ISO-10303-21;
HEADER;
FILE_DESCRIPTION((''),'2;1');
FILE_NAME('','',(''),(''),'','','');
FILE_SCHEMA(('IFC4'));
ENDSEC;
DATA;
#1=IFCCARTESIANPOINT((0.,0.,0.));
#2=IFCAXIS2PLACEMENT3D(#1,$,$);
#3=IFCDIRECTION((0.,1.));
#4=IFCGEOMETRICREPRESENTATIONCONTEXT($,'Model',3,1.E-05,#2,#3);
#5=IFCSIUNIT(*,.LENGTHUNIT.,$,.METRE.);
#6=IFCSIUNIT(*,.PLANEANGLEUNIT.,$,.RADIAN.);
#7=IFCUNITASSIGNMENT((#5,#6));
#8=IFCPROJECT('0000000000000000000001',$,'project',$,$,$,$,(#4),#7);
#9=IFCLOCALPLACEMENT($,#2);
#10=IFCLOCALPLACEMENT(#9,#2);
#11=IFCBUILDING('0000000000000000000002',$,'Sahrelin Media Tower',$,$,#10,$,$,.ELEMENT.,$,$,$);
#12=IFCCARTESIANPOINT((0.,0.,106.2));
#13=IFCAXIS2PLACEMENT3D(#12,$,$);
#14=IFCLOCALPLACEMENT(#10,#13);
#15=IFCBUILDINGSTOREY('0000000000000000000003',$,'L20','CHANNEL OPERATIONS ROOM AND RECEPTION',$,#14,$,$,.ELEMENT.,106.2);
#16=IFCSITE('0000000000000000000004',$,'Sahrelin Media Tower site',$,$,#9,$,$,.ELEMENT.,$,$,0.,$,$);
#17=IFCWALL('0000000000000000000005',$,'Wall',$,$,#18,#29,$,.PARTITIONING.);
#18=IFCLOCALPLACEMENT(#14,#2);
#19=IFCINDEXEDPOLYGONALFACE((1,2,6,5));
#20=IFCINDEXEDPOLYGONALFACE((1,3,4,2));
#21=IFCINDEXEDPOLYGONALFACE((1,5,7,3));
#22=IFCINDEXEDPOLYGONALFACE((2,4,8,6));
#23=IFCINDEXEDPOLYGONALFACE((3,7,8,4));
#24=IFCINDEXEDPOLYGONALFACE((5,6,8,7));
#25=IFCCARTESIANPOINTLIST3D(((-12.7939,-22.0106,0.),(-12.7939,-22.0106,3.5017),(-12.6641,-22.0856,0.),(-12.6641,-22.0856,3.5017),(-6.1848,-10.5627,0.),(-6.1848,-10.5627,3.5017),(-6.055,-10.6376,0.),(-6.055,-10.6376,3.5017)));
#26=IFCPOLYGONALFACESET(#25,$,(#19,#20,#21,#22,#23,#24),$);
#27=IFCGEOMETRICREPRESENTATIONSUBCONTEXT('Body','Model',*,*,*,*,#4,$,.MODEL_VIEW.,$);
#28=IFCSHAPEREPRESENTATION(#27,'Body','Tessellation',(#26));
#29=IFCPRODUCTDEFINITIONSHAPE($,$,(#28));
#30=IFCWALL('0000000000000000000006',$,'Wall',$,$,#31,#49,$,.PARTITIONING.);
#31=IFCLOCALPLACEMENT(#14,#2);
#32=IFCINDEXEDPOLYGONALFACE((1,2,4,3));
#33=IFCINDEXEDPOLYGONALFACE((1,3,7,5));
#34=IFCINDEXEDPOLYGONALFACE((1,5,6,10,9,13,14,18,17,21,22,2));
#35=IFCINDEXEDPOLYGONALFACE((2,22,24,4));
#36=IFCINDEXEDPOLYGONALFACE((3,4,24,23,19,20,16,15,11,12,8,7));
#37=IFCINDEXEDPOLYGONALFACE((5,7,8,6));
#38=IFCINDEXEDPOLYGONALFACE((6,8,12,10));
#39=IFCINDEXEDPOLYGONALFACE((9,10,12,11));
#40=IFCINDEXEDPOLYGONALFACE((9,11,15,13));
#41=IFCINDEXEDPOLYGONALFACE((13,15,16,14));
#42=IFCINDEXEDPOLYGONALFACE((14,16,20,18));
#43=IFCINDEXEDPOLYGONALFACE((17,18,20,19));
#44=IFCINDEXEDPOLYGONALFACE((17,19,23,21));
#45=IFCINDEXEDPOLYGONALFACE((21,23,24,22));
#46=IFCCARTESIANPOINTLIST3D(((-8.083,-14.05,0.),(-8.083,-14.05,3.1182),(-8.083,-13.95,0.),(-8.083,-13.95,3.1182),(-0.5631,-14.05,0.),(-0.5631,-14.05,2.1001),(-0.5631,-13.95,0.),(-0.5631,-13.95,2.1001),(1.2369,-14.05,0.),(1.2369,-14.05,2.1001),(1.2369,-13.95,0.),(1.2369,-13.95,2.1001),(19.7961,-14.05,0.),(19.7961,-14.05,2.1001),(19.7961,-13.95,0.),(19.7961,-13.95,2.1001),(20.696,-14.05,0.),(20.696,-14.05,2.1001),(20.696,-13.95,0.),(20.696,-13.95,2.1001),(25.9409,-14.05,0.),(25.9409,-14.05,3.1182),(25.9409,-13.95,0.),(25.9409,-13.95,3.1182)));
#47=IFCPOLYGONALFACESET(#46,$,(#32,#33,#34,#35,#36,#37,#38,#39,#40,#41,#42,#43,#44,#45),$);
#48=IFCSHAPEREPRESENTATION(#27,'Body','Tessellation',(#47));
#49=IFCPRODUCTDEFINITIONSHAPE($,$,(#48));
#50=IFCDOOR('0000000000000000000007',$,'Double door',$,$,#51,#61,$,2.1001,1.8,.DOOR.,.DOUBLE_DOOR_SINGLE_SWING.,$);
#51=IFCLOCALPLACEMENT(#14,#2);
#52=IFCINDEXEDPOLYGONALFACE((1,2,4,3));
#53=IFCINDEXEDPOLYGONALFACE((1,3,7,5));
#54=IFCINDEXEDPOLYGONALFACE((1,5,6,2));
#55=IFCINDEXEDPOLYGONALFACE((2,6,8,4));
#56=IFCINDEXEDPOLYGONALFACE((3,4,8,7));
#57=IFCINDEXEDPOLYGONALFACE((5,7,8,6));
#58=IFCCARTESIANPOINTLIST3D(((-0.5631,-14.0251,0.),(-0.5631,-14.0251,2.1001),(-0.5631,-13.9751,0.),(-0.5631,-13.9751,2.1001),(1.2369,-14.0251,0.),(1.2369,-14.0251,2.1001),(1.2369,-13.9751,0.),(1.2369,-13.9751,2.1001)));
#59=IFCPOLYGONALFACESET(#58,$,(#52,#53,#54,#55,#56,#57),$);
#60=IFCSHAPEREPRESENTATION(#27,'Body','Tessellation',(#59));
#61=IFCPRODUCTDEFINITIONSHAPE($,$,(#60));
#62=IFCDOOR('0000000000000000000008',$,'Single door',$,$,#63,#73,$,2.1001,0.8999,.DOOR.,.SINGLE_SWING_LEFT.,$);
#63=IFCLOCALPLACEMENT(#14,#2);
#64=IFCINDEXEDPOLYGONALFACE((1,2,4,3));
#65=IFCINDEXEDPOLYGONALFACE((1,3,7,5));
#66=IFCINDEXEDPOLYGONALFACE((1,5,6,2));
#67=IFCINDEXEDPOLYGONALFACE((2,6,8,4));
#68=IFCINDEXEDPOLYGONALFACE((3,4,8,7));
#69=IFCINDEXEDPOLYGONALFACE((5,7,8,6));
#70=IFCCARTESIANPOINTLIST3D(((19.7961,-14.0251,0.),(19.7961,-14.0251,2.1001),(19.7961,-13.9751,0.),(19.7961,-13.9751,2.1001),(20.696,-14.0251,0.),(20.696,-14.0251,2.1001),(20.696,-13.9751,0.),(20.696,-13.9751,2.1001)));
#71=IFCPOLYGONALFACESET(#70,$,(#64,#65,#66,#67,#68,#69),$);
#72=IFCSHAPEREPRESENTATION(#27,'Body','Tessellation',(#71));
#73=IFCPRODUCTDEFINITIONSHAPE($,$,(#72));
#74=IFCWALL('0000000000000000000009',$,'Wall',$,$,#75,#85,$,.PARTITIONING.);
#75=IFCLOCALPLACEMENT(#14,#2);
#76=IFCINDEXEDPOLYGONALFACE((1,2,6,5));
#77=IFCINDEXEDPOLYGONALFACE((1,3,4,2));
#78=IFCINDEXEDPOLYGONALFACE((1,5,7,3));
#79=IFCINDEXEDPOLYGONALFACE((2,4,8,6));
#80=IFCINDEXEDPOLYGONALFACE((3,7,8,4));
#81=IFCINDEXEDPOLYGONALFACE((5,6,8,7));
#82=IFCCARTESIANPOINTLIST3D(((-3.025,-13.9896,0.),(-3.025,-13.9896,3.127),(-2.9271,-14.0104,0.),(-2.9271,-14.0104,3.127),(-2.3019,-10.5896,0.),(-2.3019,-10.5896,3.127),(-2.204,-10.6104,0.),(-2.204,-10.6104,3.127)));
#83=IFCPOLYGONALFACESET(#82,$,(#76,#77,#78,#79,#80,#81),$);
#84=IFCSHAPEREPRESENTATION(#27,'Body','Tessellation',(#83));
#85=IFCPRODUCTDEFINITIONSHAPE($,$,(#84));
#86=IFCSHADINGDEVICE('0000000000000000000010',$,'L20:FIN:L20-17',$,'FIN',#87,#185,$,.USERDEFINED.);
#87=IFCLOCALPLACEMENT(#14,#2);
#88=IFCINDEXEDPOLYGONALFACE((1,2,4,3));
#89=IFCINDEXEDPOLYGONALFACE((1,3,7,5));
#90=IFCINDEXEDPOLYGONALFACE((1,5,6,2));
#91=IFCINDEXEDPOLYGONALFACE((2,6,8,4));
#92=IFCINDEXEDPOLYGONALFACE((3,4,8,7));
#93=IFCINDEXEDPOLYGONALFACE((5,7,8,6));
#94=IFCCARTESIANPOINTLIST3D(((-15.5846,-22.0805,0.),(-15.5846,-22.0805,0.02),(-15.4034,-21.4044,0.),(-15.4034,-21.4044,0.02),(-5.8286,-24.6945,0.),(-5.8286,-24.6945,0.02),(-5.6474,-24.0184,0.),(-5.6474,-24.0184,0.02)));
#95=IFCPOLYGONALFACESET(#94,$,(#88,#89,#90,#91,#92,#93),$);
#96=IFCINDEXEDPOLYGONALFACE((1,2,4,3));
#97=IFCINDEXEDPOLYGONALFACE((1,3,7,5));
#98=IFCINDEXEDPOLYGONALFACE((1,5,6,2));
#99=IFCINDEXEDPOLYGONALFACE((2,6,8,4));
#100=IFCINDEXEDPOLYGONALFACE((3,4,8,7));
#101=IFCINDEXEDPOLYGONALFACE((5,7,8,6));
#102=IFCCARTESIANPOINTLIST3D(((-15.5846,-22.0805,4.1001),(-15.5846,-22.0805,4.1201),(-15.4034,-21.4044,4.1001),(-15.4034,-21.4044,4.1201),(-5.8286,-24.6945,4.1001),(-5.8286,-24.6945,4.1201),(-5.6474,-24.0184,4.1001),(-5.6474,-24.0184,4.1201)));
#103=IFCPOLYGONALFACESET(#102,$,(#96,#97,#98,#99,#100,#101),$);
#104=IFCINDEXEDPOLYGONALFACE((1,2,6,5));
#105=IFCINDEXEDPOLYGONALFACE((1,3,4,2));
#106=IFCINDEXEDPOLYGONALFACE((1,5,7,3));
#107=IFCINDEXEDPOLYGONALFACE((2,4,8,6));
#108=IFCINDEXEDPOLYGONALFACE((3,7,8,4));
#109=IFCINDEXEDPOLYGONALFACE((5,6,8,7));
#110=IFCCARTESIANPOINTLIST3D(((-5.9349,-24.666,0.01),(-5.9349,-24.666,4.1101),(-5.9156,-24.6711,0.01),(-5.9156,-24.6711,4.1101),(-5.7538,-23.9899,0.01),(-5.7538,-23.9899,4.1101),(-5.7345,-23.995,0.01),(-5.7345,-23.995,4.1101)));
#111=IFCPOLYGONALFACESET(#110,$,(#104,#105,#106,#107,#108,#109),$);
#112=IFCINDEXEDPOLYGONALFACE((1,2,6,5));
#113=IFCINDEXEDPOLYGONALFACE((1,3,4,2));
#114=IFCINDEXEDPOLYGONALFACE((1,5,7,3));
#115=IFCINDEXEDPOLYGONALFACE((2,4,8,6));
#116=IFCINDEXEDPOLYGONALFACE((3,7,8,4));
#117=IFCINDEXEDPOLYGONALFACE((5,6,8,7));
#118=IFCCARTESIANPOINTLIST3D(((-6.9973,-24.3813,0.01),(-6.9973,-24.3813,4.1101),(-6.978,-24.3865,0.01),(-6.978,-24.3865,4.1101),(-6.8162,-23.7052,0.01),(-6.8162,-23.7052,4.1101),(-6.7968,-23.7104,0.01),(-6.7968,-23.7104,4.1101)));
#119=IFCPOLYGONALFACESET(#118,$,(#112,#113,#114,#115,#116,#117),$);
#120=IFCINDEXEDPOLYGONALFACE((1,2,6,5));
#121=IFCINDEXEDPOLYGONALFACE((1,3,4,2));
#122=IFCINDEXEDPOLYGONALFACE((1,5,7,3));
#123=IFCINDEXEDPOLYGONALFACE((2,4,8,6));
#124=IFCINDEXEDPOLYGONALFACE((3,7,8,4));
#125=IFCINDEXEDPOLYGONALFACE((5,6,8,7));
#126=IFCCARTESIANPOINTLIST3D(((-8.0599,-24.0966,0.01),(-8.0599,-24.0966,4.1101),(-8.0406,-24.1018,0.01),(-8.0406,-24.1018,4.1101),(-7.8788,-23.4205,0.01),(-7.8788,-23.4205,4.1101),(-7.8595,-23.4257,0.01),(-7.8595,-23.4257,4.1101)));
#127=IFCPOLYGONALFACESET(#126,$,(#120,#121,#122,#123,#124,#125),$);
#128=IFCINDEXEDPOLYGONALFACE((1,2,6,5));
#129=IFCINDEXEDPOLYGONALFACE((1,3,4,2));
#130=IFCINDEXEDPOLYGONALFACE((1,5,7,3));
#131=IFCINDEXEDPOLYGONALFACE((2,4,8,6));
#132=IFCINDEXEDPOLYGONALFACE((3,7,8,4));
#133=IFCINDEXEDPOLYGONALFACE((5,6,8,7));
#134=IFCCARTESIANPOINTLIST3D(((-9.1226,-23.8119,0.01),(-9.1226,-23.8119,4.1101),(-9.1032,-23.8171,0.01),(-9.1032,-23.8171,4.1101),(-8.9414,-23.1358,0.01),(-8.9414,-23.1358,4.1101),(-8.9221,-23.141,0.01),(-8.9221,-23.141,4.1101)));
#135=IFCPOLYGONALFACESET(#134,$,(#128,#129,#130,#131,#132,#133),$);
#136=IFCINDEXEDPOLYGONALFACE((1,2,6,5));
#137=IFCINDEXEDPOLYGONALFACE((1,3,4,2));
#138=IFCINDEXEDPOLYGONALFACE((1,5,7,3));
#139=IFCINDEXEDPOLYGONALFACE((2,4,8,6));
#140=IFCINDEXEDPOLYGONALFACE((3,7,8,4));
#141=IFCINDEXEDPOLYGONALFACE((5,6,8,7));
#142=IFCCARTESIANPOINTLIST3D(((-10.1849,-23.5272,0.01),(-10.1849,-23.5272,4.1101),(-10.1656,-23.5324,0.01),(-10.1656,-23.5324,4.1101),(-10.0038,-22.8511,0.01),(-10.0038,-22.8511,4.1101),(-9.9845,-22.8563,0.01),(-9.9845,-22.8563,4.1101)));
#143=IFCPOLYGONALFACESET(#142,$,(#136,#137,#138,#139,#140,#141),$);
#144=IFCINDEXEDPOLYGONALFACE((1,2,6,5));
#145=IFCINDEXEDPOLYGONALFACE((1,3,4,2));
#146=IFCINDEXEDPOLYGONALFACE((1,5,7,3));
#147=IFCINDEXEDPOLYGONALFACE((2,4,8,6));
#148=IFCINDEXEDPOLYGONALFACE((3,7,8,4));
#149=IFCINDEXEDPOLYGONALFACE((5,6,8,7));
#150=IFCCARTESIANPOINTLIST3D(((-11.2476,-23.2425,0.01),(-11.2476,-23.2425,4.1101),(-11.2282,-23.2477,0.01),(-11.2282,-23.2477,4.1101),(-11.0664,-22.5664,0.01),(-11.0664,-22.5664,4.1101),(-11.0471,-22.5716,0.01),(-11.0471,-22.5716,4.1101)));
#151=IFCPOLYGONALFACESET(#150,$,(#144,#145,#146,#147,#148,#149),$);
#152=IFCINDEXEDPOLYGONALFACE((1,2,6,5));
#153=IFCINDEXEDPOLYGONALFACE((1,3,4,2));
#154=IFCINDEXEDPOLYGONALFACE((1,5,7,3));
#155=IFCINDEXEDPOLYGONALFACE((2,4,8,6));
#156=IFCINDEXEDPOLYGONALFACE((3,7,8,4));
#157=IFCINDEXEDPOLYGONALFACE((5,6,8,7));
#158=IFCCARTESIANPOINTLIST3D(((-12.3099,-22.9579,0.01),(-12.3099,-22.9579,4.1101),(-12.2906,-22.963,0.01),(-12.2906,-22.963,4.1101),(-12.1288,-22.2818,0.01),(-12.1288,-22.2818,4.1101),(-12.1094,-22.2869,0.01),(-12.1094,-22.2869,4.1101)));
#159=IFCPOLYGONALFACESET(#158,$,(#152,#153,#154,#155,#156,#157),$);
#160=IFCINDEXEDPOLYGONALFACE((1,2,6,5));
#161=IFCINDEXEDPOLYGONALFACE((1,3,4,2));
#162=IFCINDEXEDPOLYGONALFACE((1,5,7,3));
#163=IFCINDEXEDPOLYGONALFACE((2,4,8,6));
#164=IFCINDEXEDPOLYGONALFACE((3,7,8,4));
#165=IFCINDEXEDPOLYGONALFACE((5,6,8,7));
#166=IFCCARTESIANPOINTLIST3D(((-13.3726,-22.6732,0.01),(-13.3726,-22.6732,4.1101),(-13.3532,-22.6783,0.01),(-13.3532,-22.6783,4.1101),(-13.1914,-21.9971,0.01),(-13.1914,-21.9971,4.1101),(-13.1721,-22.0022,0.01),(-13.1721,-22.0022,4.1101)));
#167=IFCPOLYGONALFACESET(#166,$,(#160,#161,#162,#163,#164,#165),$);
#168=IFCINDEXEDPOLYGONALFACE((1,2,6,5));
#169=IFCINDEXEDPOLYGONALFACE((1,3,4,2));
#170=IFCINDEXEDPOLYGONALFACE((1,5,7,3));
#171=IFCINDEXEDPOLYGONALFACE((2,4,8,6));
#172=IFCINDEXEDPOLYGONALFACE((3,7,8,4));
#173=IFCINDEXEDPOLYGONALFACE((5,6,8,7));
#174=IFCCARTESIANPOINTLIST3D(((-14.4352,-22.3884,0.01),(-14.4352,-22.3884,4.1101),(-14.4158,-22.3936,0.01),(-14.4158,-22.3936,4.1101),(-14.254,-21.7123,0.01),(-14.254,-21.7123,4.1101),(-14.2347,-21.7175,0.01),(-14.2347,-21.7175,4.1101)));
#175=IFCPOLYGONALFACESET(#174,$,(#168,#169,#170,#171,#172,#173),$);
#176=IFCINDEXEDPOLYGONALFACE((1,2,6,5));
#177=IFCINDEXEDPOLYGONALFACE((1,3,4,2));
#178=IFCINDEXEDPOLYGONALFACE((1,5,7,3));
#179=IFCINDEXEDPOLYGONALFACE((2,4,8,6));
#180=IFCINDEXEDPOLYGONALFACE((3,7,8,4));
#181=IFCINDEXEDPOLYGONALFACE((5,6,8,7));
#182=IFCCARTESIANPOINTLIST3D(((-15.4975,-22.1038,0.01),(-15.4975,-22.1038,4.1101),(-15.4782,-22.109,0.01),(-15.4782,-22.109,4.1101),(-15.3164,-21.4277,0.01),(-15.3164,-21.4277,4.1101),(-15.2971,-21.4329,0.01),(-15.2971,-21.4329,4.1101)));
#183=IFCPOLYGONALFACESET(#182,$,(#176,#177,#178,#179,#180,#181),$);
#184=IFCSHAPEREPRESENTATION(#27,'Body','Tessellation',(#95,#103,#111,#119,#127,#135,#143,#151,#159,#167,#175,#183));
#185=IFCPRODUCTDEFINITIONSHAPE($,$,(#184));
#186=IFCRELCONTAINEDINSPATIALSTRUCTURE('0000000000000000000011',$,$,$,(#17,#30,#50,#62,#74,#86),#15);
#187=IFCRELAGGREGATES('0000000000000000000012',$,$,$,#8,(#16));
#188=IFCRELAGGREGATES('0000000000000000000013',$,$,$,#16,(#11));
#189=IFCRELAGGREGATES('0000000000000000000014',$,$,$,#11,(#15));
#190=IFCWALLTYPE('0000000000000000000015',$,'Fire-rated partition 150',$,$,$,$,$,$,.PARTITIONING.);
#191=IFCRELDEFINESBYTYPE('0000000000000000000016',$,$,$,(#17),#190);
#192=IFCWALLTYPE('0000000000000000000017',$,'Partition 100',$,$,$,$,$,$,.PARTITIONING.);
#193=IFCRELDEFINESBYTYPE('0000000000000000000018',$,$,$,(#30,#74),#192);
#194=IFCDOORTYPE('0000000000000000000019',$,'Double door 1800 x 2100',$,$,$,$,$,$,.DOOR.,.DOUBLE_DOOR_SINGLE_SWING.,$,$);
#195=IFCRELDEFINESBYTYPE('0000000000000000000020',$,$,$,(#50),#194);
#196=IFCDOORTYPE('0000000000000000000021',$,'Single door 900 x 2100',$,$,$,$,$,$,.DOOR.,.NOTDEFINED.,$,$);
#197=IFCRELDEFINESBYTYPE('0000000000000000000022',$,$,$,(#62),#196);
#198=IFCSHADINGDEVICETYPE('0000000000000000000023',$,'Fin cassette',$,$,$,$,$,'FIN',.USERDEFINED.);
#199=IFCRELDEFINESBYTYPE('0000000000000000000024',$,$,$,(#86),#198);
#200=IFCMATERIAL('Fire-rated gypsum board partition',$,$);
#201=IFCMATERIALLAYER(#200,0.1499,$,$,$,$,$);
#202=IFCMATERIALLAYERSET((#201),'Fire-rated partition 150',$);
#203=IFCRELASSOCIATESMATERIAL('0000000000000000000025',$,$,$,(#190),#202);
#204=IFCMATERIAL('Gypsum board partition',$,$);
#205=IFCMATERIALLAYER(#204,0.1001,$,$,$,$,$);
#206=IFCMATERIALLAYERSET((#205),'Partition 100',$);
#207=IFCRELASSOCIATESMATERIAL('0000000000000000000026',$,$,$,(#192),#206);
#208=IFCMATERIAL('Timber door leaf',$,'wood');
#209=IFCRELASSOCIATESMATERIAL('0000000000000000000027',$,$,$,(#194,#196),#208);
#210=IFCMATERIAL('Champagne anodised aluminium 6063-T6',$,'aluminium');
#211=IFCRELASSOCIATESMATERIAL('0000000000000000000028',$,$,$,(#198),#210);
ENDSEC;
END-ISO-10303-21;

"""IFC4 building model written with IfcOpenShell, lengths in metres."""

from ifc_helpers import new_model, si_unit, direction, frame, frame_2d, origin, origin_2d, place, context, subcontext, project, spatial, rectangle, extrude, material, layer, layer_set, type_object, element, fill, save


model = new_model("IFC4")

# Units and contexts
model_context = context("Model", 3, precision=1e-05, world=origin(), true_north=direction((0.0, 1.0)))
body_context = subcontext(model_context, "Body", "Model", "MODEL_VIEW")
ifc_project = project(units=[si_unit("LENGTHUNIT", "METRE"), si_unit("PLANEANGLEUNIT", "RADIAN")], contexts=[model_context])

# Site, building, storey
site_placement = place(None, origin())
site = spatial("IfcSite", under=ifc_project, at=site_placement, Name="Sahrelin Media Tower site", CompositionType="ELEMENT", RefElevation=0.0)
building_placement = place(site_placement, origin())
building = spatial("IfcBuilding", under=site, at=building_placement, Name="Sahrelin Media Tower", CompositionType="ELEMENT")
storey_placement = place(building_placement, frame((0.0, 0.0, 106.2)))
storey = spatial("IfcBuildingStorey", under=building, at=storey_placement, Name="L20", Description="CHANNEL OPERATIONS ROOM AND RECEPTION", CompositionType="ELEMENT", Elevation=106.2)

# Shared definitions
ifc_material_1 = material(Name="Champagne anodised aluminium 6063-T6", Category="aluminium")

# Wall
ifc_material_2 = material(Name="Fire-rated gypsum board partition")
ifc_layer_1 = layer(ifc_material_2, 0.1499)
ifc_layer_set_1 = layer_set([ifc_layer_1], Name="Fire-rated partition 150")
wall_type_1 = type_object("IfcWallType", Name="Fire-rated partition 150", PredefinedType="PARTITIONING", material=ifc_layer_set_1)
wall_1_placement = place(storey_placement, frame((-12.729, -22.0481, 0.0), z_axis=(0.0, 0.0, 1.0), x_axis=(0.499979, 0.866038, 0.0)))
element("IfcWall", 1, at=wall_1_placement, inside=storey, type_object=wall_type_1, Name="Wall", PredefinedType="PARTITIONING", context=body_context, shape_type="SweptSolid", body=[
    extrude(rectangle(XDim=13.2188, YDim=0.1499, at=frame_2d((6.6094, 0.0))), origin(), (0.0, 0.0, 1.0), 3.5017),
])

# Wall, openings, doors
ifc_material_3 = material(Name="Gypsum board partition")
ifc_layer_2 = layer(ifc_material_3, 0.1001)
ifc_layer_set_2 = layer_set([ifc_layer_2], Name="Partition 100")
wall_type_2 = type_object("IfcWallType", Name="Partition 100", PredefinedType="PARTITIONING", material=ifc_layer_set_2)
wall_2_placement = place(storey_placement, frame((-8.083, -14.0, 0.0), z_axis=(0.0, 0.0, 1.0), x_axis=(1.0, 0.0, 0.0)))
wall_2 = element("IfcWall", 2, at=wall_2_placement, inside=storey, type_object=wall_type_2, Name="Wall", PredefinedType="PARTITIONING", context=body_context, shape_type="SweptSolid", body=[
    extrude(rectangle(XDim=34.0239, YDim=0.1001, at=frame_2d((17.012, 0.0))), origin(), (0.0, 0.0, 1.0), 3.1182),
])
opening_1_placement = place(wall_2_placement, frame((7.52, 0.0, 0.0)))
opening_1 = element("IfcOpeningElement", 3, at=opening_1_placement, cuts=wall_2, PredefinedType="OPENING", context=body_context, shape_type="SweptSolid", body=[
    extrude(rectangle(XDim=1.8, YDim=2.1001, at=frame_2d((0.8999, 1.05))), frame((0.0, 0.05, 0.0), z_axis=(0.0, -1.0, 0.0), x_axis=(1.0, 0.0, 0.0)), (0.0, 0.0, 1.0), 0.1001),
])
opening_2_placement = place(wall_2_placement, frame((27.8792, 0.0, 0.0)))
opening_2 = element("IfcOpeningElement", 4, at=opening_2_placement, cuts=wall_2, PredefinedType="OPENING", context=body_context, shape_type="SweptSolid", body=[
    extrude(rectangle(XDim=0.8999, YDim=2.1001, at=frame_2d((0.45, 1.05))), frame((0.0, 0.05, 0.0), z_axis=(0.0, -1.0, 0.0), x_axis=(1.0, 0.0, 0.0)), (0.0, 0.0, 1.0), 0.1001),
])
ifc_material_4 = material(Name="Timber door leaf", Category="wood")
door_type_1 = type_object("IfcDoorType", Name="Double door 1800 x 2100", OperationType="DOUBLE_DOOR_SINGLE_SWING", PredefinedType="DOOR", material=ifc_material_4)
door_1_placement = place(opening_1_placement, origin())
door_1 = element("IfcDoor", 5, at=door_1_placement, inside=storey, type_object=door_type_1, Name="Double door", OperationType="DOUBLE_DOOR_SINGLE_SWING", OverallHeight=2.1001, OverallWidth=1.8, PredefinedType="DOOR", context=body_context, shape_type="SweptSolid", body=[
    extrude(rectangle(XDim=1.8, YDim=2.1001, at=frame_2d((0.8999, 1.05))), frame((0.0, 0.0249, 0.0), z_axis=(0.0, -1.0, 0.0), x_axis=(1.0, 0.0, 0.0)), (0.0, 0.0, 1.0), 0.05),
])
fill(opening_1, door_1)
door_type_2 = type_object("IfcDoorType", Name="Single door 900 x 2100", OperationType="NOTDEFINED", PredefinedType="DOOR", material=ifc_material_4)
door_2_placement = place(opening_2_placement, origin())
door_2 = element("IfcDoor", 6, at=door_2_placement, inside=storey, type_object=door_type_2, Name="Single door", OperationType="SINGLE_SWING_LEFT", OverallHeight=2.1001, OverallWidth=0.8999, PredefinedType="DOOR", context=body_context, shape_type="SweptSolid", body=[
    extrude(rectangle(XDim=0.8999, YDim=2.1001, at=frame_2d((0.45, 1.05))), frame((0.0, 0.0249, 0.0), z_axis=(0.0, -1.0, 0.0), x_axis=(1.0, 0.0, 0.0)), (0.0, 0.0, 1.0), 0.05),
])
fill(opening_2, door_2)

# Wall
wall_3_placement = place(storey_placement, frame((-2.9761, -14.0, 0.0), z_axis=(0.0, 0.0, 1.0), x_axis=(0.208042, 0.97812, 0.0)))
element("IfcWall", 7, at=wall_3_placement, inside=storey, type_object=wall_type_2, Name="Wall", PredefinedType="PARTITIONING", context=body_context, shape_type="SweptSolid", body=[
    extrude(rectangle(XDim=3.4761, YDim=0.1001, at=frame_2d((1.738, 0.0))), origin(), (0.0, 0.0, 1.0), 3.127),
])

# Shading device
shading_device_type_1 = type_object("IfcShadingDeviceType", Name="Fin cassette", ElementType="FIN", PredefinedType="USERDEFINED", material=ifc_material_1)
placement = place(storey_placement, frame((-10.5073, -22.6438, 0.0), z_axis=(0.0, 0.0, 1.0), x_axis=(-0.965929, 0.258808, 0.0)))
element("IfcShadingDevice", 8, at=placement, inside=storey, type_object=shading_device_type_1, Name="L20:FIN:L20-17", ObjectType="FIN", PredefinedType="USERDEFINED", context=body_context, shape_type="SweptSolid", body=[
    extrude(rectangle(XDim=10.1001, YDim=0.7, at=origin_2d()), frame((0.0, 0.4199, 0.0)), (0.0, 0.0, 1.0), 0.02),
    extrude(rectangle(XDim=10.1001, YDim=0.7, at=origin_2d()), frame((0.0, 0.4199, 4.1001)), (0.0, 0.0, 1.0), 0.02),
    extrude(rectangle(XDim=0.02, YDim=0.7, at=origin_2d()), frame((-4.95, 0.4199, 0.01), z_axis=(0.0, 0.0, 1.0), x_axis=(1.0, 0.0, 0.0)), (0.0, 0.0, 1.0), 4.1001),
    extrude(rectangle(XDim=0.02, YDim=0.7, at=origin_2d()), frame((-3.8501, 0.4199, 0.01), z_axis=(0.0, 0.0, 1.0), x_axis=(1.0, 0.0, 0.0)), (0.0, 0.0, 1.0), 4.1001),
    extrude(rectangle(XDim=0.02, YDim=0.7, at=origin_2d()), frame((-2.75, 0.4199, 0.01), z_axis=(0.0, 0.0, 1.0), x_axis=(1.0, 0.0, 0.0)), (0.0, 0.0, 1.0), 4.1001),
    extrude(rectangle(XDim=0.02, YDim=0.7, at=origin_2d()), frame((-1.6499, 0.4199, 0.01), z_axis=(0.0, 0.0, 1.0), x_axis=(1.0, 0.0, 0.0)), (0.0, 0.0, 1.0), 4.1001),
    extrude(rectangle(XDim=0.02, YDim=0.7, at=origin_2d()), frame((-0.55, 0.4199, 0.01), z_axis=(0.0, 0.0, 1.0), x_axis=(1.0, 0.0, 0.0)), (0.0, 0.0, 1.0), 4.1001),
    extrude(rectangle(XDim=0.02, YDim=0.7, at=origin_2d()), frame((0.55, 0.4199, 0.01), z_axis=(0.0, 0.0, 1.0), x_axis=(1.0, 0.0, 0.0)), (0.0, 0.0, 1.0), 4.1001),
    extrude(rectangle(XDim=0.02, YDim=0.7, at=origin_2d()), frame((1.6499, 0.4199, 0.01), z_axis=(0.0, 0.0, 1.0), x_axis=(1.0, 0.0, 0.0)), (0.0, 0.0, 1.0), 4.1001),
    extrude(rectangle(XDim=0.02, YDim=0.7, at=origin_2d()), frame((2.75, 0.4199, 0.01), z_axis=(0.0, 0.0, 1.0), x_axis=(1.0, 0.0, 0.0)), (0.0, 0.0, 1.0), 4.1001),
    extrude(rectangle(XDim=0.02, YDim=0.7, at=origin_2d()), frame((3.8501, 0.4199, 0.01), z_axis=(0.0, 0.0, 1.0), x_axis=(1.0, 0.0, 0.0)), (0.0, 0.0, 1.0), 4.1001),
    extrude(rectangle(XDim=0.02, YDim=0.7, at=origin_2d()), frame((4.95, 0.4199, 0.01), z_axis=(0.0, 0.0, 1.0), x_axis=(1.0, 0.0, 0.0)), (0.0, 0.0, 1.0), 4.1001),
])

save(model, "model.ifc")
